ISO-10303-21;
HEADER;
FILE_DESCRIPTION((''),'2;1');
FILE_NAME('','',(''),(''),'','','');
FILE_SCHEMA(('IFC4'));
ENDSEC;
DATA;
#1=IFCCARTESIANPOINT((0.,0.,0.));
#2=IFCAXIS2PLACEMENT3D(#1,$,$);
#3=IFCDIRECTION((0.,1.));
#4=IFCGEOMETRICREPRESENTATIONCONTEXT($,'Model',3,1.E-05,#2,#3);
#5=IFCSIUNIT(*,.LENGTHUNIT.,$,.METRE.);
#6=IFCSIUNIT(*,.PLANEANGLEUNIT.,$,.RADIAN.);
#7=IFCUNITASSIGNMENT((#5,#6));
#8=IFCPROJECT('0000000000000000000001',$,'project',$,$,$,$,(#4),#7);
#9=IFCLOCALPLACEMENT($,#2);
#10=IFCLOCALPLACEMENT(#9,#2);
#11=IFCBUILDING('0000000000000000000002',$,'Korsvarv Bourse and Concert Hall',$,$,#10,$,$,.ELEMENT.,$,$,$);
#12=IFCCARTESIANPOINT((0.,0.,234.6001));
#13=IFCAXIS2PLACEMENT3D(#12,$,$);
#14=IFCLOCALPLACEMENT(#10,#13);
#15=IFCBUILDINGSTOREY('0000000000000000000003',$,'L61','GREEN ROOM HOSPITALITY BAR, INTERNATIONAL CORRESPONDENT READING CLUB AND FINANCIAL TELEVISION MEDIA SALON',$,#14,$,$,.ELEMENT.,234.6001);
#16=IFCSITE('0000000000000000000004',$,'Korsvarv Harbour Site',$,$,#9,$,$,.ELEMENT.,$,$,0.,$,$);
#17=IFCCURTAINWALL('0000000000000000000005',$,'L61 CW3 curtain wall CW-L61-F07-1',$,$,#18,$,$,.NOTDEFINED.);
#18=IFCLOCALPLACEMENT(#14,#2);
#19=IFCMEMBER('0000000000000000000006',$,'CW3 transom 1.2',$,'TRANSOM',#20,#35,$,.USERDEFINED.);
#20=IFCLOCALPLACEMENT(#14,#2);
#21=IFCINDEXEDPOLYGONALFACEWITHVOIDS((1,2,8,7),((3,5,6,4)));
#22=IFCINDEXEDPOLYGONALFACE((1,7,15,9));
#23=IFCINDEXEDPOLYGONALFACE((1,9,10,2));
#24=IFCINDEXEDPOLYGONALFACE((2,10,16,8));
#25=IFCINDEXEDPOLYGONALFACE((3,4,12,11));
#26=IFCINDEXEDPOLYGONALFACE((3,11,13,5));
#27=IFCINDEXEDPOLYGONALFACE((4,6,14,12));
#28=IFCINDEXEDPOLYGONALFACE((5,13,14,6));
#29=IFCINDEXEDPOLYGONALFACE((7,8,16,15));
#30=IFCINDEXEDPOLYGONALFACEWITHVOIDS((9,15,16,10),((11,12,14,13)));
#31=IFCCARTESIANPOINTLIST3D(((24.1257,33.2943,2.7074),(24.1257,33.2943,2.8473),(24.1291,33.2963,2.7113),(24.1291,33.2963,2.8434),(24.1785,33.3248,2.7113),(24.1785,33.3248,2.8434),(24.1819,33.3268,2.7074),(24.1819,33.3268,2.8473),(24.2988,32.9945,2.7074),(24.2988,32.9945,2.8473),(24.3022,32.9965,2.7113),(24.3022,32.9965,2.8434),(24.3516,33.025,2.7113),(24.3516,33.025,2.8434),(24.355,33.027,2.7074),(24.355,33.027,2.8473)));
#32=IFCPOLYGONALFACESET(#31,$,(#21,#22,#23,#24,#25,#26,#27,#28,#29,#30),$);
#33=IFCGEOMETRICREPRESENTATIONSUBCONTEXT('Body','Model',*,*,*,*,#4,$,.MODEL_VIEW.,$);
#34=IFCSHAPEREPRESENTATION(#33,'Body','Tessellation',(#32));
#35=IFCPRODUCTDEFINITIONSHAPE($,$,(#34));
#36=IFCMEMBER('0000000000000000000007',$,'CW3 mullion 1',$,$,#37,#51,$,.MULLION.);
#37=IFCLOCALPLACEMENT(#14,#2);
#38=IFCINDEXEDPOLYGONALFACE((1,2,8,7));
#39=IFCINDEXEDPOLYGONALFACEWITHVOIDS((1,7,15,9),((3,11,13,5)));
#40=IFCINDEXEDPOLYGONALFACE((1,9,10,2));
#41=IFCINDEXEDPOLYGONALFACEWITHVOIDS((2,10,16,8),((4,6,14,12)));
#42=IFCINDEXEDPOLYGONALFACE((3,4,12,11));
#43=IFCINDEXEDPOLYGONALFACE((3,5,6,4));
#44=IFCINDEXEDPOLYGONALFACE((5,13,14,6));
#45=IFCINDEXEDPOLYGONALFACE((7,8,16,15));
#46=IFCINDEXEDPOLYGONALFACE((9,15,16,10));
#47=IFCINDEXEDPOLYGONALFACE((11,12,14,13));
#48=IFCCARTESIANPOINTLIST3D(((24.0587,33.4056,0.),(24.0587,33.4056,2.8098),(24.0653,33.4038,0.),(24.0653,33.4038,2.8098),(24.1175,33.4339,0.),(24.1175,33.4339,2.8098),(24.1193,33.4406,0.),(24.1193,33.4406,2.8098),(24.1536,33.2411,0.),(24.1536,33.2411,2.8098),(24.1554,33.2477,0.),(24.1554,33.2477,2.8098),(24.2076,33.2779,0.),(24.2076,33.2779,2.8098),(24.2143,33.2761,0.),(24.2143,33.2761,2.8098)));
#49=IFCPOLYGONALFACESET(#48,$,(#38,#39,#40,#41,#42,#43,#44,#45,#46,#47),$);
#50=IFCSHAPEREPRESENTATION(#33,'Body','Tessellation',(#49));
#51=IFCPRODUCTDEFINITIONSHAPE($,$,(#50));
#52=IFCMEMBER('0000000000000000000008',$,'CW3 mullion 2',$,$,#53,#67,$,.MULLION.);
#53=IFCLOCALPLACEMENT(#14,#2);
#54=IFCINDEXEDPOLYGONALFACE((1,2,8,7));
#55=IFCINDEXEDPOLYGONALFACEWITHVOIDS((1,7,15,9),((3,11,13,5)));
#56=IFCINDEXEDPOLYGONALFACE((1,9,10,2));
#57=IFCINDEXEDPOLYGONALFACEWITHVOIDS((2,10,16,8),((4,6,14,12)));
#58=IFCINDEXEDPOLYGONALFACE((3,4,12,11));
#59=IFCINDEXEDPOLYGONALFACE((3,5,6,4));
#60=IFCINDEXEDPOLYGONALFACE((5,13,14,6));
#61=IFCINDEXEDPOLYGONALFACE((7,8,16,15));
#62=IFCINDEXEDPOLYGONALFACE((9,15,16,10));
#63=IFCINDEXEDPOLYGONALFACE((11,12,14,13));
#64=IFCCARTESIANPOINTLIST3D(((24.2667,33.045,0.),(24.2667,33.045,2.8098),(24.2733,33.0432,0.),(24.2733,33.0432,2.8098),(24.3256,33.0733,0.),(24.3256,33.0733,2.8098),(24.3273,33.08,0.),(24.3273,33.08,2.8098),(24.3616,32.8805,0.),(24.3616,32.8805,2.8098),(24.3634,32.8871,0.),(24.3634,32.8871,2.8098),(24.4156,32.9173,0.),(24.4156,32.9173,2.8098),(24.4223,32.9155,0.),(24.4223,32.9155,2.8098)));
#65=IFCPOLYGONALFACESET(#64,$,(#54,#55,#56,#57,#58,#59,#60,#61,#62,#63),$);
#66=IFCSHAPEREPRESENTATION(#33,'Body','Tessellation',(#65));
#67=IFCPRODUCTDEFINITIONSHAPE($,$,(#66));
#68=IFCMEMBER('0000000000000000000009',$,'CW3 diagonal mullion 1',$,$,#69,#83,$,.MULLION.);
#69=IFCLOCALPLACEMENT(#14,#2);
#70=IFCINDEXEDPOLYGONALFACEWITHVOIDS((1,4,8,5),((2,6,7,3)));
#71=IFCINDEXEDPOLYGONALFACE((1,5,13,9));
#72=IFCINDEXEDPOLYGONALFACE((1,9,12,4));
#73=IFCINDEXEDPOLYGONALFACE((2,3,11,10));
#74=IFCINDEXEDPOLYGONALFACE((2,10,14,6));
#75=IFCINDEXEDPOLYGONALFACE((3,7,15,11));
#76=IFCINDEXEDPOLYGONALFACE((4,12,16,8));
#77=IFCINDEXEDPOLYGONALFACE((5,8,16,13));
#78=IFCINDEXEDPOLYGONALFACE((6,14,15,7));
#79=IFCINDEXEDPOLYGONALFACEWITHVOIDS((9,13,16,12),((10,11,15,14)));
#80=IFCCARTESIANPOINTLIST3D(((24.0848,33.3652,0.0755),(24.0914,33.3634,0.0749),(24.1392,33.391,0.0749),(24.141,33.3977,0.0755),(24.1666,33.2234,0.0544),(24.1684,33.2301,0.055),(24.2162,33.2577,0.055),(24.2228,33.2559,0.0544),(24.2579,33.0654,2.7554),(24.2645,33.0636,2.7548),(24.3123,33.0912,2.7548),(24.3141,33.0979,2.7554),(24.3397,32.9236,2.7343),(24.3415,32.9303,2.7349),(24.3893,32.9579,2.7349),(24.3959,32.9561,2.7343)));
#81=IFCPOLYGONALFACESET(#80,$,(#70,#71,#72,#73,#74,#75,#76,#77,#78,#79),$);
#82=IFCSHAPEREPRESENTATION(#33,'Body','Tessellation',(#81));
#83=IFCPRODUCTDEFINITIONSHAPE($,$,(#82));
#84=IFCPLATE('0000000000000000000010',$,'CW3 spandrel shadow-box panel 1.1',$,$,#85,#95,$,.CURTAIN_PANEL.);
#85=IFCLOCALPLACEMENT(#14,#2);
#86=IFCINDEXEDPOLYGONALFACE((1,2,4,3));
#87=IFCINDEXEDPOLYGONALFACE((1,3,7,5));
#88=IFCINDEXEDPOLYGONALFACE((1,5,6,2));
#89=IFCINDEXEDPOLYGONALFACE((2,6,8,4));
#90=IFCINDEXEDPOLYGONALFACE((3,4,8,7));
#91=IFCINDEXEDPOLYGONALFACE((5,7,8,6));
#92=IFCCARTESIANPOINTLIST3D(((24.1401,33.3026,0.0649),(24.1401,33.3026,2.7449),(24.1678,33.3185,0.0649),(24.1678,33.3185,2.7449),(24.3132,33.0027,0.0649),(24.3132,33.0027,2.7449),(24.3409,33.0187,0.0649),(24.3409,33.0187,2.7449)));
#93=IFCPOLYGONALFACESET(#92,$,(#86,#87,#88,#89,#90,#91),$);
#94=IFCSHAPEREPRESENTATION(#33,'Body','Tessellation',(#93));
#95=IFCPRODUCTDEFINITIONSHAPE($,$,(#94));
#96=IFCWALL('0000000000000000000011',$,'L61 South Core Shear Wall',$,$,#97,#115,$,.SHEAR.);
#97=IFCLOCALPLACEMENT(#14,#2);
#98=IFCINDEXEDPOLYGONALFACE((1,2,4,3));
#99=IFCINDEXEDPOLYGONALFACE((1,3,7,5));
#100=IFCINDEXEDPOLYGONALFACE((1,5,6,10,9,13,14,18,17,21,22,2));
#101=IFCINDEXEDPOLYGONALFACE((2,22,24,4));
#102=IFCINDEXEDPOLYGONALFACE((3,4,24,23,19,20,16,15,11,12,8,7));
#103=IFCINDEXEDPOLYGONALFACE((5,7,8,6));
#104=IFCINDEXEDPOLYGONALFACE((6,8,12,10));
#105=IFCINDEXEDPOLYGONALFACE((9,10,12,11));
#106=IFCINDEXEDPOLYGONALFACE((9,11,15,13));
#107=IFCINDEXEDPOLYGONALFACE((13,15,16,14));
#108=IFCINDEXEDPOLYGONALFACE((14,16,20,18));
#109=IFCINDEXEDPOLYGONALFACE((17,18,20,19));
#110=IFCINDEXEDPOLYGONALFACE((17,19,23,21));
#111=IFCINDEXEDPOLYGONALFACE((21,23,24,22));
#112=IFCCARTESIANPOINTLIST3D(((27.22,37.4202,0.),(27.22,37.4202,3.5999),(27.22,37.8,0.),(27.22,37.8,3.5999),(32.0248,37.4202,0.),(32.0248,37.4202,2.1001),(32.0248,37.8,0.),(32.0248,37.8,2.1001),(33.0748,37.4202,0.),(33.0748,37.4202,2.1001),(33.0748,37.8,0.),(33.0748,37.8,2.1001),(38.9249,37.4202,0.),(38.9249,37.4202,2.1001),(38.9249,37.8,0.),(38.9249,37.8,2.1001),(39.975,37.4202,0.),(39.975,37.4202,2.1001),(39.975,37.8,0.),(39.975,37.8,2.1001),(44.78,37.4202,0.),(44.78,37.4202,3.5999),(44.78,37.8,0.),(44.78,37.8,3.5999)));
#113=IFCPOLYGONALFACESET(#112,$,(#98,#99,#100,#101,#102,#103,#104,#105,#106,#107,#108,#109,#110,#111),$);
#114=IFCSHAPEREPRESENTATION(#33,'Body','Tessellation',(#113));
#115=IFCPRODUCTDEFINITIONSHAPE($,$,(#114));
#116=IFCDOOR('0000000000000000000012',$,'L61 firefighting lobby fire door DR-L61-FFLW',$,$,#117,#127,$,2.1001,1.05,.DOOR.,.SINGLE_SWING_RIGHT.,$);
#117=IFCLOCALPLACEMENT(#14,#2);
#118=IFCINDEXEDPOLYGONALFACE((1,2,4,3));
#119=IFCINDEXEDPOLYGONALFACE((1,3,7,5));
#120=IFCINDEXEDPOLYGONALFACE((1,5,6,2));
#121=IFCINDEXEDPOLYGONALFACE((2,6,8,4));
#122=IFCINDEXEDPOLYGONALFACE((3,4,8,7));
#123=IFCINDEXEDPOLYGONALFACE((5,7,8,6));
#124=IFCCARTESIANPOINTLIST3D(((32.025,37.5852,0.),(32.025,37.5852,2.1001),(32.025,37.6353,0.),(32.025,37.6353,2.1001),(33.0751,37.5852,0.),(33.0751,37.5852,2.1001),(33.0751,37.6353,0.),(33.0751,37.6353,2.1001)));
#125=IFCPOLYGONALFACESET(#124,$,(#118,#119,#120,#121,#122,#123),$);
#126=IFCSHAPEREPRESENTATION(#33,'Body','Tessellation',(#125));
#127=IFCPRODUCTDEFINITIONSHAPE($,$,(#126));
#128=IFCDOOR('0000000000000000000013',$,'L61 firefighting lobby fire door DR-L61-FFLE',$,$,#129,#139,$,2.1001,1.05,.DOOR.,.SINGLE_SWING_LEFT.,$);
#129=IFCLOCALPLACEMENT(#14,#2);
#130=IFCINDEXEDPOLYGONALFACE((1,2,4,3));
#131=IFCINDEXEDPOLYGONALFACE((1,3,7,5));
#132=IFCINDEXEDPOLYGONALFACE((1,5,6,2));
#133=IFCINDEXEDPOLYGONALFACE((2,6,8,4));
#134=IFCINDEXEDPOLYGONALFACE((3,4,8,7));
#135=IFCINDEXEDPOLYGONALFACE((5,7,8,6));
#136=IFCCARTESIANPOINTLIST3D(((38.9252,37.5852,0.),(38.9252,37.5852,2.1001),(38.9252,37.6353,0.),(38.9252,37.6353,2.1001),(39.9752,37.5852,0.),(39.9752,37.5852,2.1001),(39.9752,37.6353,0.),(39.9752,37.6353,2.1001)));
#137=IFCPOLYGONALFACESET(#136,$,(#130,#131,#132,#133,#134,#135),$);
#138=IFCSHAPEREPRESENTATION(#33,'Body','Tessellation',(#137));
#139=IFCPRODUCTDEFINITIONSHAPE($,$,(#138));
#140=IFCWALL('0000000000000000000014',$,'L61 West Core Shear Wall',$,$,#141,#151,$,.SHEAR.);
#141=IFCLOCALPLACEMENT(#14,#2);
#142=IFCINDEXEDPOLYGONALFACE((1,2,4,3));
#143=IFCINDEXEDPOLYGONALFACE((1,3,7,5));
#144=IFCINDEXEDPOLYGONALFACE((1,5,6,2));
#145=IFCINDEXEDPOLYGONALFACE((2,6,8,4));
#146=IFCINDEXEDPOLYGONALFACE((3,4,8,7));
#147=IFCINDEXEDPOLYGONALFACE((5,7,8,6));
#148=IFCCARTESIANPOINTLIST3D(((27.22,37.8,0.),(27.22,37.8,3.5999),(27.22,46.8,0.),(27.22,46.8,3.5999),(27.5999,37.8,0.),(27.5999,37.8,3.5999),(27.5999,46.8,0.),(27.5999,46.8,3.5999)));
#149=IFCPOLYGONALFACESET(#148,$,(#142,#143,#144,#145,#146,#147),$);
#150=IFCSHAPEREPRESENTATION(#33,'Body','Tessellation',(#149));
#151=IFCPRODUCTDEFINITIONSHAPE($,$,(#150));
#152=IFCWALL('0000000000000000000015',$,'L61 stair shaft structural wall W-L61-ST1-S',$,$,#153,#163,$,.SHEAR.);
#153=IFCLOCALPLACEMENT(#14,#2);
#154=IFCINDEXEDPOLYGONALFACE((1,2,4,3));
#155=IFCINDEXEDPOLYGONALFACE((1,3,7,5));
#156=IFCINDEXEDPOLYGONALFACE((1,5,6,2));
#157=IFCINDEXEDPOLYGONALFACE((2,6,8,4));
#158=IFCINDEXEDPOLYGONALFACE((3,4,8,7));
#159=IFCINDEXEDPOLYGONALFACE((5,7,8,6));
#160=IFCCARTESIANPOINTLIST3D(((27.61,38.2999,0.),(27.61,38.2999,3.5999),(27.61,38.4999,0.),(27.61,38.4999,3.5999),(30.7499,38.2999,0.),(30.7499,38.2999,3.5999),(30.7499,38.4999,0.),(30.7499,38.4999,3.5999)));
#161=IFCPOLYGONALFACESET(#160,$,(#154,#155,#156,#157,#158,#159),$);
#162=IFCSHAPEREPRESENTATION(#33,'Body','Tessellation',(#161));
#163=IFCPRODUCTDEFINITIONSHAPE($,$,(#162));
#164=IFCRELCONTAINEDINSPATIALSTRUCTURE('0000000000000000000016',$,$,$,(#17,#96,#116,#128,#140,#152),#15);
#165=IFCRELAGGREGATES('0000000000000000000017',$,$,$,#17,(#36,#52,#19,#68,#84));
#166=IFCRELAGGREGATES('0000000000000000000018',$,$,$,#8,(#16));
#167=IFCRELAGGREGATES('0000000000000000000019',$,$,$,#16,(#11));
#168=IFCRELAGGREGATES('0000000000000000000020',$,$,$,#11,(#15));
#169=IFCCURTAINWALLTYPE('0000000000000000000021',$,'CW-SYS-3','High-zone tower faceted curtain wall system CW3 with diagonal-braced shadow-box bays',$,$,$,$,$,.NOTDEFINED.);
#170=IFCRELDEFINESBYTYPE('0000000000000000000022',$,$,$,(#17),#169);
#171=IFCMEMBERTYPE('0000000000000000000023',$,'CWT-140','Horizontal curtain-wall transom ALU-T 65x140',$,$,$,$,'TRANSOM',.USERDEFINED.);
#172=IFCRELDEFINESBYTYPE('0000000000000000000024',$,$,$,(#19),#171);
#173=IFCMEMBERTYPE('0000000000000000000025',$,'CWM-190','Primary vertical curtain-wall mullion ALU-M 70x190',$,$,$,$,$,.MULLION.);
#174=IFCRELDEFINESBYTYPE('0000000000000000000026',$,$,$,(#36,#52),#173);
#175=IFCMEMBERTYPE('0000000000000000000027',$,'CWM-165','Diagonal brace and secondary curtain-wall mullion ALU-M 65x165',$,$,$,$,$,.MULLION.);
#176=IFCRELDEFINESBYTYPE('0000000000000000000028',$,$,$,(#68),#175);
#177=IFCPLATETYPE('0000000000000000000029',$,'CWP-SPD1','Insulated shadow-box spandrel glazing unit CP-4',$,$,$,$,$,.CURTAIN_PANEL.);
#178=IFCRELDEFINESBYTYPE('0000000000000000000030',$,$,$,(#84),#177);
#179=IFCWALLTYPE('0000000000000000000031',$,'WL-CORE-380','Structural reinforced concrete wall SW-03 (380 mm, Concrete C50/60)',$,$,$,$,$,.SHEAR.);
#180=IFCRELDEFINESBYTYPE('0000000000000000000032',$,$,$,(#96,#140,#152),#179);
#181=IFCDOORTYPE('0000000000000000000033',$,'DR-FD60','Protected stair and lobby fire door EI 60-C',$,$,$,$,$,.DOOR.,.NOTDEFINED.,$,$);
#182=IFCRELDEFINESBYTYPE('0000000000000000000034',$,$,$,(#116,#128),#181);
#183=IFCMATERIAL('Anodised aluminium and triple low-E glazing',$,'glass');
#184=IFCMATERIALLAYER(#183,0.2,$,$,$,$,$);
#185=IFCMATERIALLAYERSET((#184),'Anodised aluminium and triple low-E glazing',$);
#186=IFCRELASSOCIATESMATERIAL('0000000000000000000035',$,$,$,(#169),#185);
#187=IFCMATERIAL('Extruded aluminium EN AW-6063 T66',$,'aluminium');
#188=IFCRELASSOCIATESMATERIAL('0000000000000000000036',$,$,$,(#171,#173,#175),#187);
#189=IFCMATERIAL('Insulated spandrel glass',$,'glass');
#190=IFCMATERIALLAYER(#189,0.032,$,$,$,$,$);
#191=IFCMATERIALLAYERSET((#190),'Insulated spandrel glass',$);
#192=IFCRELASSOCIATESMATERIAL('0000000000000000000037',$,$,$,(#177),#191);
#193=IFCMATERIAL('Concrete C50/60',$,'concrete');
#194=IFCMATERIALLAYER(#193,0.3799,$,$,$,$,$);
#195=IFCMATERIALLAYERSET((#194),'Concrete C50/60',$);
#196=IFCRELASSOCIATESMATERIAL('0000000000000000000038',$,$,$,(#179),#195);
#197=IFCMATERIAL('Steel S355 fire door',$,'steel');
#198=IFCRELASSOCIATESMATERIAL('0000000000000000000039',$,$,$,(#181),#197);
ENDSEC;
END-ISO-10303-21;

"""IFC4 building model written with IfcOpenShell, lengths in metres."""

from ifc_helpers import new_model, si_unit, direction, frame, frame_2d, origin, origin_2d, place, context, subcontext, project, spatial, rectangle, hollow_rectangle, extrude, source, transform, mapped, material, layer, layer_set, material_profile, profile_set, type_object, element, fill, aggregate, save


model = new_model("IFC4")

# Units and contexts
model_context = context("Model", 3, precision=1e-05, world=origin(), true_north=direction((0.0, 1.0)))
body_context = subcontext(model_context, "Body", "Model", "MODEL_VIEW")
ifc_project = project(units=[si_unit("LENGTHUNIT", "METRE"), si_unit("PLANEANGLEUNIT", "RADIAN")], contexts=[model_context])

# Site, building, storey
site_placement = place(None, origin())
site = spatial("IfcSite", under=ifc_project, at=site_placement, Name="Korsvarv Harbour Site", CompositionType="ELEMENT", RefElevation=0.0)
building_placement = place(site_placement, origin())
building = spatial("IfcBuilding", under=site, at=building_placement, Name="Korsvarv Bourse and Concert Hall", CompositionType="ELEMENT")
storey_placement = place(building_placement, frame((0.0, 0.0, 234.6001)))
storey = spatial("IfcBuildingStorey", under=building, at=storey_placement, Name="L61", Description="GREEN ROOM HOSPITALITY BAR, INTERNATIONAL CORRESPONDENT READING CLUB AND FINANCIAL TELEVISION MEDIA SALON", CompositionType="ELEMENT", Elevation=234.6001)

# Curtain wall, members, plate
ifc_material_1 = material(Name="Anodised aluminium and triple low-E glazing", Category="glass")
ifc_layer_1 = layer(ifc_material_1, 0.2)
ifc_layer_set_1 = layer_set([ifc_layer_1], Name="Anodised aluminium and triple low-E glazing")
curtain_wall_type = type_object("IfcCurtainWallType", Name="CW-SYS-3", Description="High-zone tower faceted curtain wall system CW3 with diagonal-braced shadow-box bays", PredefinedType="NOTDEFINED", material=ifc_layer_set_1)
curtain_wall_placement = place(storey_placement, origin())
curtain_wall = element("IfcCurtainWall", 1, at=curtain_wall_placement, inside=storey, type_object=curtain_wall_type, Name="L61 CW3 curtain wall CW-L61-F07-1", PredefinedType="NOTDEFINED")
ifc_material_2 = material(Name="Extruded aluminium EN AW-6063 T66", Category="aluminium")
ifc_material_profile_1 = material_profile(ifc_material_2, hollow_rectangle(XDim=0.0649, YDim=0.1399, WallThickness=0.0039, at=origin_2d()), Name="ALU-T 65x140")
ifc_profile_set_1 = profile_set([ifc_material_profile_1], Name="Extruded aluminium EN AW-6063 T66")
member_type_1 = type_object("IfcMemberType", Name="CWT-140", Description="Horizontal curtain-wall transom ALU-T 65x140", ElementType="TRANSOM", PredefinedType="USERDEFINED", material=ifc_profile_set_1)
shared_shape_1 = source(origin(), body_context, "Body", "SweptSolid", [
    extrude(hollow_rectangle(XDim=0.0649, YDim=0.1399, WallThickness=0.0039, at=origin_2d()), origin(), (0.0, 0.0, 1.0), 0.3462),
])
member_1_placement = place(storey_placement, frame((24.1538, 33.3105, 2.7773), z_axis=(0.500007, -0.866021, 0.0), x_axis=(0.866021, 0.500007, 0.0)))
member_1 = element("IfcMember", 2, at=member_1_placement, type_object=member_type_1, Name="CW3 transom 1.2", ObjectType="TRANSOM", PredefinedType="USERDEFINED", context=body_context, shape_type="MappedRepresentation", body=[
    mapped(shared_shape_1, transform((0.0, 0.0, 0.0), scale=1.0)),
])
ifc_material_profile_2 = material_profile(ifc_material_2, hollow_rectangle(XDim=0.0701, YDim=0.1899, WallThickness=0.0049, at=origin_2d()), Name="ALU-M 70x190")
ifc_profile_set_2 = profile_set([ifc_material_profile_2], Name="Extruded aluminium EN AW-6063 T66")
member_type_2 = type_object("IfcMemberType", Name="CWM-190", Description="Primary vertical curtain-wall mullion ALU-M 70x190", PredefinedType="MULLION", material=ifc_profile_set_2)
shared_shape_2 = source(origin(), body_context, "Body", "SweptSolid", [
    extrude(hollow_rectangle(XDim=0.0701, YDim=0.1899, WallThickness=0.0049, at=origin_2d()), origin(), (0.0, 0.0, 1.0), 2.8098),
])
member_2_placement = place(storey_placement, frame((24.1365, 33.3408, 0.0), z_axis=(0.0, 0.0, 1.0), x_axis=(0.866045, 0.499966, 0.0)))
member_2 = element("IfcMember", 3, at=member_2_placement, type_object=member_type_2, Name="CW3 mullion 1", PredefinedType="MULLION", context=body_context, shape_type="MappedRepresentation", body=[
    mapped(shared_shape_2, transform((0.0, 0.0, 0.0), scale=1.0)),
])
member_3_placement = place(storey_placement, frame((24.3445, 32.9802, 0.0), z_axis=(0.0, 0.0, 1.0), x_axis=(0.866045, 0.499966, 0.0)))
member_3 = element("IfcMember", 4, at=member_3_placement, type_object=member_type_2, Name="CW3 mullion 2", PredefinedType="MULLION", context=body_context, shape_type="MappedRepresentation", body=[
    mapped(shared_shape_2, transform((0.0, 0.0, 0.0), scale=1.0)),
])
ifc_material_profile_3 = material_profile(ifc_material_2, hollow_rectangle(XDim=0.0649, YDim=0.165, WallThickness=0.0049, at=origin_2d()), Name="ALU-M 65x165")
ifc_profile_set_3 = profile_set([ifc_material_profile_3], Name="Extruded aluminium EN AW-6063 T66")
member_type_3 = type_object("IfcMemberType", Name="CWM-165", Description="Diagonal brace and secondary curtain-wall mullion ALU-M 65x165", PredefinedType="MULLION", material=ifc_profile_set_3)
shared_shape_3 = source(origin(), body_context, "Body", "SweptSolid", [
    extrude(hollow_rectangle(XDim=0.0649, YDim=0.165, WallThickness=0.0049, at=origin_2d()), origin(), (0.0, 0.0, 1.0), 2.7021),
])
member_4_placement = place(storey_placement, frame((24.1538, 33.3105, 0.0649), z_axis=(0.064057, -0.110948, 0.99176), x_axis=(0.866021, 0.500007, 0.0)))
member_4 = element("IfcMember", 5, at=member_4_placement, type_object=member_type_3, Name="CW3 diagonal mullion 1", PredefinedType="MULLION", context=body_context, shape_type="MappedRepresentation", body=[
    mapped(shared_shape_3, transform((0.0, 0.0, 0.0), scale=1.0)),
])
ifc_material_3 = material(Name="Insulated spandrel glass", Category="glass")
ifc_layer_2 = layer(ifc_material_3, 0.032)
ifc_layer_set_2 = layer_set([ifc_layer_2], Name="Insulated spandrel glass")
plate_type = type_object("IfcPlateType", Name="CWP-SPD1", Description="Insulated shadow-box spandrel glazing unit CP-4", PredefinedType="CURTAIN_PANEL", material=ifc_layer_set_2)
shared_shape_4 = source(origin(), body_context, "Body", "SweptSolid", [
    extrude(rectangle(XDim=0.3462, YDim=0.032, at=origin_2d()), origin(), (0.0, 0.0, 1.0), 2.6799),
])
plate_placement = place(storey_placement, frame((24.2405, 33.1606, 0.0649), z_axis=(0.0, 0.0, 1.0), x_axis=(0.499966, -0.866045, 0.0)))
plate = element("IfcPlate", 6, at=plate_placement, type_object=plate_type, Name="CW3 spandrel shadow-box panel 1.1", PredefinedType="CURTAIN_PANEL", context=body_context, shape_type="MappedRepresentation", body=[
    mapped(shared_shape_4, transform((0.0, 0.0, 0.0), scale=1.0)),
])
aggregate(curtain_wall, [member_2, member_3, member_1, member_4, plate])

# Wall, openings, doors
ifc_material_4 = material(Name="Concrete C50/60", Category="concrete")
ifc_layer_3 = layer(ifc_material_4, 0.3799)
ifc_layer_set_3 = layer_set([ifc_layer_3], Name="Concrete C50/60")
wall_type_1 = type_object("IfcWallType", Name="WL-CORE-380", Description="Structural reinforced concrete wall SW-03 (380 mm, Concrete C50/60)", PredefinedType="SHEAR", material=ifc_layer_set_3)
wall_1_placement = place(storey_placement, frame((27.22, 37.6101, 0.0), z_axis=(0.0, 0.0, 1.0), x_axis=(1.0, 0.0, 0.0)))
wall_1 = element("IfcWall", 7, at=wall_1_placement, inside=storey, type_object=wall_type_1, Name="L61 South Core Shear Wall", PredefinedType="SHEAR", context=body_context, shape_type="SweptSolid", body=[
    extrude(rectangle(XDim=17.5601, YDim=0.3799, at=frame_2d((8.78, 0.0))), origin(), (0.0, 0.0, 1.0), 3.5999),
])
opening_1_placement = place(wall_1_placement, frame((4.8049, 0.0, 0.0)))
opening_1 = element("IfcOpeningElement", 8, at=opening_1_placement, cuts=wall_1, PredefinedType="OPENING", context=body_context, shape_type="SweptSolid", body=[
    extrude(rectangle(XDim=1.05, YDim=2.1001, at=frame_2d((0.5249, 1.05))), frame((0.0, 0.2, 0.0), z_axis=(0.0, -1.0, 0.0), x_axis=(1.0, 0.0, 0.0)), (0.0, 0.0, 1.0), 0.3999),
])
opening_2_placement = place(wall_1_placement, frame((11.7051, 0.0, 0.0)))
opening_2 = element("IfcOpeningElement", 9, at=opening_2_placement, cuts=wall_1, PredefinedType="OPENING", context=body_context, shape_type="SweptSolid", body=[
    extrude(rectangle(XDim=1.05, YDim=2.1001, at=frame_2d((0.5249, 1.05))), frame((0.0, 0.2, 0.0), z_axis=(0.0, -1.0, 0.0), x_axis=(1.0, 0.0, 0.0)), (0.0, 0.0, 1.0), 0.3999),
])
ifc_material_5 = material(Name="Steel S355 fire door", Category="steel")
door_type = type_object("IfcDoorType", Name="DR-FD60", Description="Protected stair and lobby fire door EI 60-C", OperationType="NOTDEFINED", PredefinedType="DOOR", material=ifc_material_5)
door_1_placement = place(opening_1_placement, frame((1.05, 0.0, 0.0), z_axis=(0.0, 0.0, 1.0), x_axis=(-1.0, 0.0, 0.0)))
door_1 = element("IfcDoor", 10, at=door_1_placement, inside=storey, type_object=door_type, Name="L61 firefighting lobby fire door DR-L61-FFLW", OperationType="SINGLE_SWING_RIGHT", OverallHeight=2.1001, OverallWidth=1.05, PredefinedType="DOOR", context=body_context, shape_type="SweptSolid", body=[
    extrude(rectangle(XDim=1.05, YDim=2.1001, at=frame_2d((0.5249, 1.05))), frame((0.0, 0.0249, 0.0), z_axis=(0.0, -1.0, 0.0), x_axis=(1.0, 0.0, 0.0)), (0.0, 0.0, 1.0), 0.05),
])
fill(opening_1, door_1)
door_2_placement = place(opening_2_placement, frame((1.05, 0.0, 0.0), z_axis=(0.0, 0.0, 1.0), x_axis=(-1.0, 0.0, 0.0)))
door_2 = element("IfcDoor", 11, at=door_2_placement, inside=storey, type_object=door_type, Name="L61 firefighting lobby fire door DR-L61-FFLE", OperationType="SINGLE_SWING_LEFT", OverallHeight=2.1001, OverallWidth=1.05, PredefinedType="DOOR", context=body_context, shape_type="SweptSolid", body=[
    extrude(rectangle(XDim=1.05, YDim=2.1001, at=frame_2d((0.5249, 1.05))), frame((0.0, 0.0249, 0.0), z_axis=(0.0, -1.0, 0.0), x_axis=(1.0, 0.0, 0.0)), (0.0, 0.0, 1.0), 0.05),
])
fill(opening_2, door_2)

# Walls
wall_2_placement = place(storey_placement, frame((27.4099, 37.8, 0.0), z_axis=(0.0, 0.0, 1.0), x_axis=(0.0, 1.0, 0.0)))
element("IfcWall", 12, at=wall_2_placement, inside=storey, type_object=wall_type_1, Name="L61 West Core Shear Wall", PredefinedType="SHEAR", context=body_context, shape_type="SweptSolid", body=[
    extrude(rectangle(XDim=9.0, YDim=0.3799, at=frame_2d((4.5, 0.0))), origin(), (0.0, 0.0, 1.0), 3.5999),
])
wall_3_placement = place(storey_placement, frame((27.6101, 38.3999, 0.0), z_axis=(0.0, 0.0, 1.0), x_axis=(1.0, 0.0, 0.0)))
element("IfcWall", 13, at=wall_3_placement, inside=storey, type_object=wall_type_1, Name="L61 stair shaft structural wall W-L61-ST1-S", PredefinedType="SHEAR", context=body_context, shape_type="SweptSolid", body=[
    extrude(rectangle(XDim=3.1399, YDim=0.2, at=frame_2d((1.5698, 0.0))), origin(), (0.0, 0.0, 1.0), 3.5999),
])

save(model, "model.ifc")
